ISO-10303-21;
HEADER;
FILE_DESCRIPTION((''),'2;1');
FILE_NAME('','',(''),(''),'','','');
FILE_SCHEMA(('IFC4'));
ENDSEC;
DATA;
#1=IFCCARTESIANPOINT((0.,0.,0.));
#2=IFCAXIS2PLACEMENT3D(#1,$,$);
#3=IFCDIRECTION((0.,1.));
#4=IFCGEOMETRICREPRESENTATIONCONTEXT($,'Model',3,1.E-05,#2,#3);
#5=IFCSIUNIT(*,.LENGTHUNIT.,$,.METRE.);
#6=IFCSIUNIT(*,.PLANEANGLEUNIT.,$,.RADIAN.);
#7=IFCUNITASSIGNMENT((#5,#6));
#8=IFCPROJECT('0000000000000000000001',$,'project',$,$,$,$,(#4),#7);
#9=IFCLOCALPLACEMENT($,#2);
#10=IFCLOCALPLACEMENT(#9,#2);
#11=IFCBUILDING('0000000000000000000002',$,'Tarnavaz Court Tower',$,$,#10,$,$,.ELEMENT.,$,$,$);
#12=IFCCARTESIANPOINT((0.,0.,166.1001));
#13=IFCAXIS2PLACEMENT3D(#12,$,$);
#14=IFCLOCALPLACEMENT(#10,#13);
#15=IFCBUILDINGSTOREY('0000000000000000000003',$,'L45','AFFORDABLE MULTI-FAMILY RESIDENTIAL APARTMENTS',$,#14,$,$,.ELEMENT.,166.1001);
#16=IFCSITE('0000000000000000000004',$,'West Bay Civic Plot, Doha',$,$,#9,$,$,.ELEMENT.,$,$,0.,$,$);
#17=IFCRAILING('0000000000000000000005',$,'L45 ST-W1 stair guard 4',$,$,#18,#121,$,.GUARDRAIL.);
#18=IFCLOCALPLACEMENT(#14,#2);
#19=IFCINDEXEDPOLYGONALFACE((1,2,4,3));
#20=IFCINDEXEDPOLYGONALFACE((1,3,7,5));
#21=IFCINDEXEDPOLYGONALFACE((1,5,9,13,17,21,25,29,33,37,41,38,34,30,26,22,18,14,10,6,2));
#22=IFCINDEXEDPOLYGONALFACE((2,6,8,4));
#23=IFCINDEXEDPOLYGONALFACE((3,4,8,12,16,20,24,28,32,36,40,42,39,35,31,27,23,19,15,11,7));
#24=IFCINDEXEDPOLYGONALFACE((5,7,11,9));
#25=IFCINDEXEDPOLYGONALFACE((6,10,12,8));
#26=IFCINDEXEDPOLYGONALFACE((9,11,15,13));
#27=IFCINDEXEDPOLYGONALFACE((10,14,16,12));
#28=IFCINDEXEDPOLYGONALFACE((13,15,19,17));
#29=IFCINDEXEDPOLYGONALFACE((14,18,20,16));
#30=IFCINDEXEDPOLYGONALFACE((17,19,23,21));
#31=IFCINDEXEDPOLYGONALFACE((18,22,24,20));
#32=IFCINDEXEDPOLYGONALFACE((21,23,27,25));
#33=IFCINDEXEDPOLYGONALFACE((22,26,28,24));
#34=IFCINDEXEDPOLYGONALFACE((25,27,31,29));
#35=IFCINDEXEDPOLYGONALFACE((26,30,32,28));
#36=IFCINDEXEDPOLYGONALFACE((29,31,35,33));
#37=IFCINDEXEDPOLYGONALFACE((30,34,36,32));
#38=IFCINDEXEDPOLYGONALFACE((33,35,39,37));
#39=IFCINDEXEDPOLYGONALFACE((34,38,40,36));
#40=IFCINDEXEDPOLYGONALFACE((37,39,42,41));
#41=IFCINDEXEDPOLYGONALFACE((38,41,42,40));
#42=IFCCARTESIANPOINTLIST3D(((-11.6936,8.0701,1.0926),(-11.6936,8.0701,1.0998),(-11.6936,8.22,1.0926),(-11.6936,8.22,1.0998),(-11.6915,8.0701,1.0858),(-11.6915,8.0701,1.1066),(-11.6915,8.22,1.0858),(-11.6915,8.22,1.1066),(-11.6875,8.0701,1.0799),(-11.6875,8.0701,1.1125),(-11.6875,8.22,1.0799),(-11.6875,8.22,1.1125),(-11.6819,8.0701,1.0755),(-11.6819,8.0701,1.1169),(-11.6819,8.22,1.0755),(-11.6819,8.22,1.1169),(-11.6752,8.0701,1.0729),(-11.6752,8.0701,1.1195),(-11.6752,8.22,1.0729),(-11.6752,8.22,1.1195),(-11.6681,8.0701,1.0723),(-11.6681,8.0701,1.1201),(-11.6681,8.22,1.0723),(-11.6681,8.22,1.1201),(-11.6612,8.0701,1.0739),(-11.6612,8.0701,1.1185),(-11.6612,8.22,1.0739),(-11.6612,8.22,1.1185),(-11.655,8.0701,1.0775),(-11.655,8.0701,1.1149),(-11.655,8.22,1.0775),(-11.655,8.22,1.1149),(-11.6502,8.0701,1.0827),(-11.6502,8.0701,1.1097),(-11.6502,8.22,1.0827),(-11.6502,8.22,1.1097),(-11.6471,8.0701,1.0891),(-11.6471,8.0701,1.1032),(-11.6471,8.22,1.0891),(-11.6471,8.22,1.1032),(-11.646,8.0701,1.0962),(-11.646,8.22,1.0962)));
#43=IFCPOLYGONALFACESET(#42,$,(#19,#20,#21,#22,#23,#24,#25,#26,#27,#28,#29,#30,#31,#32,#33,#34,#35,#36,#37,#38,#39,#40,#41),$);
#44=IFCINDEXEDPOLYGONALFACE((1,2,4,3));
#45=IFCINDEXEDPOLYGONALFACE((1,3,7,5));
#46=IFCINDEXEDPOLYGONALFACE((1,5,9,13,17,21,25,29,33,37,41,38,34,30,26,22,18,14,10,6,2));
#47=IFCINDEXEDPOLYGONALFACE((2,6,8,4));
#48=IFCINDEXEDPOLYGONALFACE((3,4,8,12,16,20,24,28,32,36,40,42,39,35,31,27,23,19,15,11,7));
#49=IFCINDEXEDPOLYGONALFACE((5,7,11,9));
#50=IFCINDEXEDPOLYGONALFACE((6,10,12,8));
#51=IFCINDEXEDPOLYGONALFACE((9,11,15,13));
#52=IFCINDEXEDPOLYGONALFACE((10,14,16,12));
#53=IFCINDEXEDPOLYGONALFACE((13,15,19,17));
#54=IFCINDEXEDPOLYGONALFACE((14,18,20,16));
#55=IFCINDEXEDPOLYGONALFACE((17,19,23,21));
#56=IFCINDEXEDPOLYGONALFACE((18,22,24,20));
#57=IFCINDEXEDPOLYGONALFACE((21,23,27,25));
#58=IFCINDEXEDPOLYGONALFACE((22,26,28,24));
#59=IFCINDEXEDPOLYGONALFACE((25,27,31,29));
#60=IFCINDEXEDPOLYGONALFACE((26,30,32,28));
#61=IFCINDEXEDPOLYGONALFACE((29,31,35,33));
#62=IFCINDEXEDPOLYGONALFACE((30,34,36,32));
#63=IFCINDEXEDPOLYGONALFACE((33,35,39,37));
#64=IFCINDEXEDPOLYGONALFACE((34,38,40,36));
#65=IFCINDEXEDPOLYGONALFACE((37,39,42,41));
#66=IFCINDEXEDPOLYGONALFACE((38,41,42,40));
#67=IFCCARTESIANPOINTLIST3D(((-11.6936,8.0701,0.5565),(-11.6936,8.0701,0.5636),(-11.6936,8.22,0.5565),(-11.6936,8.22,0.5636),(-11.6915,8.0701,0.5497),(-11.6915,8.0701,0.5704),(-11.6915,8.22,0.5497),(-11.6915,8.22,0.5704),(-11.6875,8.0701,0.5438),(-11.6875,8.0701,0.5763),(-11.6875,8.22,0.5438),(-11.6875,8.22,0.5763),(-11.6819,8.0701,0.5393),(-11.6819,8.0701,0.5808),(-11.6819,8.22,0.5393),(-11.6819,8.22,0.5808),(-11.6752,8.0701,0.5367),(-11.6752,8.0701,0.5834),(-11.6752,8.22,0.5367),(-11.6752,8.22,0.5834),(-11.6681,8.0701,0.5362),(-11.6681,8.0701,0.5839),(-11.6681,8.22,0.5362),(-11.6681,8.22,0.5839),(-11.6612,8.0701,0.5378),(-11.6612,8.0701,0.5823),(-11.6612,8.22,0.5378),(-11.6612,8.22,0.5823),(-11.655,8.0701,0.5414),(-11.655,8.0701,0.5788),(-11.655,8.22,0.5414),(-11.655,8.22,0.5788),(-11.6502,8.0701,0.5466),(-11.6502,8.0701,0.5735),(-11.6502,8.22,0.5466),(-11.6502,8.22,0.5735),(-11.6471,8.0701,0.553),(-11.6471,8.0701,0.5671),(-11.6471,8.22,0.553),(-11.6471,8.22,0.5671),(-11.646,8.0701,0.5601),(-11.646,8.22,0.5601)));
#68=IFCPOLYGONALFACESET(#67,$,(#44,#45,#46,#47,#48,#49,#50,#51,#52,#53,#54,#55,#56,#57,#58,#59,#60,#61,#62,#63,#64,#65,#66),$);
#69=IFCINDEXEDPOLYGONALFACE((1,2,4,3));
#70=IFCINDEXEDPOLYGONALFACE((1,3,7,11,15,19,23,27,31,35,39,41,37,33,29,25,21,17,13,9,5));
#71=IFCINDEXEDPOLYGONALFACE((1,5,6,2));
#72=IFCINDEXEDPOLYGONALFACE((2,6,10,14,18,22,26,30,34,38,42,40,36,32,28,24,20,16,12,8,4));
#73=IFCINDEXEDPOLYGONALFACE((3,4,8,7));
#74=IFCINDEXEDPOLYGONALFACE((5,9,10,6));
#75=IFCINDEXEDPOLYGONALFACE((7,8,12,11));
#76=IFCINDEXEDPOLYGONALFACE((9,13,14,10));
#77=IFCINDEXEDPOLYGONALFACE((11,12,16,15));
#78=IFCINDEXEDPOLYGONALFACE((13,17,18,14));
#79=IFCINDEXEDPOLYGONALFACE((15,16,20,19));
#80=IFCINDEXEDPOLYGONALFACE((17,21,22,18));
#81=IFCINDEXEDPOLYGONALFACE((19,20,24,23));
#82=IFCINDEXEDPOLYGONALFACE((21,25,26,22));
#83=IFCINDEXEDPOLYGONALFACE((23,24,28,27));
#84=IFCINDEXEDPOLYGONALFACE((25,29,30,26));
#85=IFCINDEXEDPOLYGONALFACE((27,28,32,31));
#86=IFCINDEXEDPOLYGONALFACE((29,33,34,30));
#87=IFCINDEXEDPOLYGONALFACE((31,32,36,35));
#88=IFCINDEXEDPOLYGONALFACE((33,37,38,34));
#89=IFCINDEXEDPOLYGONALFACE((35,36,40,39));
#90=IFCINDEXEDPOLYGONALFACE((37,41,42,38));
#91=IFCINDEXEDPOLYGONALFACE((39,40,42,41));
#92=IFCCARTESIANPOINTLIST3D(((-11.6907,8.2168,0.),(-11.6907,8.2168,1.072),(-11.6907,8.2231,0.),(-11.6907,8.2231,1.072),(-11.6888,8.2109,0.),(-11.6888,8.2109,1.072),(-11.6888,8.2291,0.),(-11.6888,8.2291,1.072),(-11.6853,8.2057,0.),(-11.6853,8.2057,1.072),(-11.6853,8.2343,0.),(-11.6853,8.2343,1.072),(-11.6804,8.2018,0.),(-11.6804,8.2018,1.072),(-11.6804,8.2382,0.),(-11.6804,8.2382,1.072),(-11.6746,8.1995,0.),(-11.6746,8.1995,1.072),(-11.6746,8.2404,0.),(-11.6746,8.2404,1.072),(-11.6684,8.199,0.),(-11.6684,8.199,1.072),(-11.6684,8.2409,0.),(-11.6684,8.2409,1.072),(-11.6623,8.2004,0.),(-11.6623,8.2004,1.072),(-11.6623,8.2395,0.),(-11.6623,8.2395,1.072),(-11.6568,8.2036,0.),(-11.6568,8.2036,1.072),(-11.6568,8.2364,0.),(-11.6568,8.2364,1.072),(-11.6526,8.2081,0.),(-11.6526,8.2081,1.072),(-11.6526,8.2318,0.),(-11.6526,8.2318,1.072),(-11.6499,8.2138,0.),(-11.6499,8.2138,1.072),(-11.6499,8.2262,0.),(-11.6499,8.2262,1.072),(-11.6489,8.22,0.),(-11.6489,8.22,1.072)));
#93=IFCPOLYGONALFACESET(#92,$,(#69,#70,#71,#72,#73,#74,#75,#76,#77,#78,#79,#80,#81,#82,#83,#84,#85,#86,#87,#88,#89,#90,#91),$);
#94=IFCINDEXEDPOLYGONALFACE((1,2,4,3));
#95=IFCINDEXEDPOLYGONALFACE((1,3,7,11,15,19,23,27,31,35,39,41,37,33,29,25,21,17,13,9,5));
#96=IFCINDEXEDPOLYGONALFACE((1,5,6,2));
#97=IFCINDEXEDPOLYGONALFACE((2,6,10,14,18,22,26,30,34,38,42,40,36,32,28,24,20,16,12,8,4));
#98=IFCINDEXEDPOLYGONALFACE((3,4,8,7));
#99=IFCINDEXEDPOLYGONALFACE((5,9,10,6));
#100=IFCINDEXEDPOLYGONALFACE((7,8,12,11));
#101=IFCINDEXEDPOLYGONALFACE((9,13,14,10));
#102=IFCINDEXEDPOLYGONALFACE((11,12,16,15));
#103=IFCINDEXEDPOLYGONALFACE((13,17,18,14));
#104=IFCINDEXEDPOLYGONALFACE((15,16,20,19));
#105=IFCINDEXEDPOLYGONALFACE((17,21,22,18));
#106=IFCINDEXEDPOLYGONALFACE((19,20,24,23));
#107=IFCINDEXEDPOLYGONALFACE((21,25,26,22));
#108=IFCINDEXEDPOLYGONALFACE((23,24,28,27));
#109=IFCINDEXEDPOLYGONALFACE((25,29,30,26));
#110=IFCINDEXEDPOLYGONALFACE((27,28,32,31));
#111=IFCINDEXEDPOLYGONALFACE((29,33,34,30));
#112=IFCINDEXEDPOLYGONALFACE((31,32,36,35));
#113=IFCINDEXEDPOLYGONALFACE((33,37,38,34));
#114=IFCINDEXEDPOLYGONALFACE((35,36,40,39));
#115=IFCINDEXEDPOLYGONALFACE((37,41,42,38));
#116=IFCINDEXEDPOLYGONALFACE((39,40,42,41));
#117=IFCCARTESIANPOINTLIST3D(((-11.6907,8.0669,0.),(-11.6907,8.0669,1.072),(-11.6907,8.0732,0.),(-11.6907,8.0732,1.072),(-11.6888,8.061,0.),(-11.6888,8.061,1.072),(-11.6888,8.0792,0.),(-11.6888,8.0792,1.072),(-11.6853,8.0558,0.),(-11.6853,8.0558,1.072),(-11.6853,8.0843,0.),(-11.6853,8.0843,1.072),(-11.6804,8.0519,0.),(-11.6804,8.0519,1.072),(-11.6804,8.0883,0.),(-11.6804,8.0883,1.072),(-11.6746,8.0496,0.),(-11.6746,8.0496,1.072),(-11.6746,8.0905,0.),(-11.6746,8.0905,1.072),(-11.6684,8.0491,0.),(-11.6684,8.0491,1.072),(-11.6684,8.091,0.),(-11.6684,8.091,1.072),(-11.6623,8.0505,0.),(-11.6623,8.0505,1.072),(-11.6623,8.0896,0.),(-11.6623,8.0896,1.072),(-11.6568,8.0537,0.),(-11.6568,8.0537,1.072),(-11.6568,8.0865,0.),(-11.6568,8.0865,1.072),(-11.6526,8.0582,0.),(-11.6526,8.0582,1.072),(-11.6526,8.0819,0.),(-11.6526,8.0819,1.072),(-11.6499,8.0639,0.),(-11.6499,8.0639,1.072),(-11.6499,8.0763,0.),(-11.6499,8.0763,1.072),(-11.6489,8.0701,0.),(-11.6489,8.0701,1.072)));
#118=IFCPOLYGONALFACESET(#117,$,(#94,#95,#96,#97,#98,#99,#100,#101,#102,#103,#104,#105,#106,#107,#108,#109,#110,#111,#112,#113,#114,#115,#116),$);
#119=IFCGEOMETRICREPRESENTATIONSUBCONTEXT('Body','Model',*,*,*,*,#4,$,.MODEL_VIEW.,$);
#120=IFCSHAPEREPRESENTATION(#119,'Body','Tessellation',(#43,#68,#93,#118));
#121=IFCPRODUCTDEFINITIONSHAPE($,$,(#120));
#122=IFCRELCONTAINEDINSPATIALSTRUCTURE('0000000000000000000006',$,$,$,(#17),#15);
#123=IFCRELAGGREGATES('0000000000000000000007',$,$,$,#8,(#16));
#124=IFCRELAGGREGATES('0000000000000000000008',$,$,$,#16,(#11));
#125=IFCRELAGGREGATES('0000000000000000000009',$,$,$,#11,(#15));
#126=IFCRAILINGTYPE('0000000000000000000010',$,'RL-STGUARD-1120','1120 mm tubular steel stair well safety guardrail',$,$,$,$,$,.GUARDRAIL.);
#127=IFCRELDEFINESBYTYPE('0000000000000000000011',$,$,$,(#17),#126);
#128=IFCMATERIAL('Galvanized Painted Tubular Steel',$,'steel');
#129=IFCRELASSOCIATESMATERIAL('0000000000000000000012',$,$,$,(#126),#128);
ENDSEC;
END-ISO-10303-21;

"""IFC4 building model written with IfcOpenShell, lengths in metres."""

from ifc_helpers import new_model, si_unit, direction, frame, origin, origin_2d, place, context, subcontext, project, spatial, circle, extrude, material, type_object, element, save


model = new_model("IFC4")

# Units and contexts
model_context = context("Model", 3, precision=1e-05, world=origin(), true_north=direction((0.0, 1.0)))
body_context = subcontext(model_context, "Body", "Model", "MODEL_VIEW")
ifc_project = project(units=[si_unit("LENGTHUNIT", "METRE"), si_unit("PLANEANGLEUNIT", "RADIAN")], contexts=[model_context])

# Site, building, storey
site_placement = place(None, origin())
site = spatial("IfcSite", under=ifc_project, at=site_placement, Name="West Bay Civic Plot, Doha", CompositionType="ELEMENT", RefElevation=0.0)
building_placement = place(site_placement, origin())
building = spatial("IfcBuilding", under=site, at=building_placement, Name="Tarnavaz Court Tower", CompositionType="ELEMENT")
storey_placement = place(building_placement, frame((0.0, 0.0, 166.1001)))
storey = spatial("IfcBuildingStorey", under=building, at=storey_placement, Name="L45", Description="AFFORDABLE MULTI-FAMILY RESIDENTIAL APARTMENTS", CompositionType="ELEMENT", Elevation=166.1001)

# Railing
ifc_material_1 = material(Name="Galvanized Painted Tubular Steel", Category="steel")
railing_type_1 = type_object("IfcRailingType", Name="RL-STGUARD-1120", Description="1120 mm tubular steel stair well safety guardrail", PredefinedType="GUARDRAIL", material=ifc_material_1)
railing_1_placement = place(storey_placement, frame((-11.6699, 8.22, 0.0)))
element("IfcRailing", 1, at=railing_1_placement, inside=storey, type_object=railing_type_1, Name="L45 ST-W1 stair guard 4", PredefinedType="GUARDRAIL", context=body_context, shape_type="SweptSolid", body=[
    extrude(circle(Radius=0.0239, at=origin_2d()), frame((0.0, 0.0, 1.0962), z_axis=(0.0, -1.0, 0.0), x_axis=(1.0, 0.0, 0.0)), (0.0, 0.0, 1.0), 0.1499),
    extrude(circle(Radius=0.0239, at=origin_2d()), frame((0.0, 0.0, 0.5601), z_axis=(0.0, -1.0, 0.0), x_axis=(1.0, 0.0, 0.0)), (0.0, 0.0, 1.0), 0.1499),
    extrude(circle(Radius=0.021, at=origin_2d()), origin(), (0.0, 0.0, 1.0), 1.072),
    extrude(circle(Radius=0.021, at=origin_2d()), frame((0.0, -0.1499, 0.0)), (0.0, 0.0, 1.0), 1.072),
])

save(model, "model.ifc")
